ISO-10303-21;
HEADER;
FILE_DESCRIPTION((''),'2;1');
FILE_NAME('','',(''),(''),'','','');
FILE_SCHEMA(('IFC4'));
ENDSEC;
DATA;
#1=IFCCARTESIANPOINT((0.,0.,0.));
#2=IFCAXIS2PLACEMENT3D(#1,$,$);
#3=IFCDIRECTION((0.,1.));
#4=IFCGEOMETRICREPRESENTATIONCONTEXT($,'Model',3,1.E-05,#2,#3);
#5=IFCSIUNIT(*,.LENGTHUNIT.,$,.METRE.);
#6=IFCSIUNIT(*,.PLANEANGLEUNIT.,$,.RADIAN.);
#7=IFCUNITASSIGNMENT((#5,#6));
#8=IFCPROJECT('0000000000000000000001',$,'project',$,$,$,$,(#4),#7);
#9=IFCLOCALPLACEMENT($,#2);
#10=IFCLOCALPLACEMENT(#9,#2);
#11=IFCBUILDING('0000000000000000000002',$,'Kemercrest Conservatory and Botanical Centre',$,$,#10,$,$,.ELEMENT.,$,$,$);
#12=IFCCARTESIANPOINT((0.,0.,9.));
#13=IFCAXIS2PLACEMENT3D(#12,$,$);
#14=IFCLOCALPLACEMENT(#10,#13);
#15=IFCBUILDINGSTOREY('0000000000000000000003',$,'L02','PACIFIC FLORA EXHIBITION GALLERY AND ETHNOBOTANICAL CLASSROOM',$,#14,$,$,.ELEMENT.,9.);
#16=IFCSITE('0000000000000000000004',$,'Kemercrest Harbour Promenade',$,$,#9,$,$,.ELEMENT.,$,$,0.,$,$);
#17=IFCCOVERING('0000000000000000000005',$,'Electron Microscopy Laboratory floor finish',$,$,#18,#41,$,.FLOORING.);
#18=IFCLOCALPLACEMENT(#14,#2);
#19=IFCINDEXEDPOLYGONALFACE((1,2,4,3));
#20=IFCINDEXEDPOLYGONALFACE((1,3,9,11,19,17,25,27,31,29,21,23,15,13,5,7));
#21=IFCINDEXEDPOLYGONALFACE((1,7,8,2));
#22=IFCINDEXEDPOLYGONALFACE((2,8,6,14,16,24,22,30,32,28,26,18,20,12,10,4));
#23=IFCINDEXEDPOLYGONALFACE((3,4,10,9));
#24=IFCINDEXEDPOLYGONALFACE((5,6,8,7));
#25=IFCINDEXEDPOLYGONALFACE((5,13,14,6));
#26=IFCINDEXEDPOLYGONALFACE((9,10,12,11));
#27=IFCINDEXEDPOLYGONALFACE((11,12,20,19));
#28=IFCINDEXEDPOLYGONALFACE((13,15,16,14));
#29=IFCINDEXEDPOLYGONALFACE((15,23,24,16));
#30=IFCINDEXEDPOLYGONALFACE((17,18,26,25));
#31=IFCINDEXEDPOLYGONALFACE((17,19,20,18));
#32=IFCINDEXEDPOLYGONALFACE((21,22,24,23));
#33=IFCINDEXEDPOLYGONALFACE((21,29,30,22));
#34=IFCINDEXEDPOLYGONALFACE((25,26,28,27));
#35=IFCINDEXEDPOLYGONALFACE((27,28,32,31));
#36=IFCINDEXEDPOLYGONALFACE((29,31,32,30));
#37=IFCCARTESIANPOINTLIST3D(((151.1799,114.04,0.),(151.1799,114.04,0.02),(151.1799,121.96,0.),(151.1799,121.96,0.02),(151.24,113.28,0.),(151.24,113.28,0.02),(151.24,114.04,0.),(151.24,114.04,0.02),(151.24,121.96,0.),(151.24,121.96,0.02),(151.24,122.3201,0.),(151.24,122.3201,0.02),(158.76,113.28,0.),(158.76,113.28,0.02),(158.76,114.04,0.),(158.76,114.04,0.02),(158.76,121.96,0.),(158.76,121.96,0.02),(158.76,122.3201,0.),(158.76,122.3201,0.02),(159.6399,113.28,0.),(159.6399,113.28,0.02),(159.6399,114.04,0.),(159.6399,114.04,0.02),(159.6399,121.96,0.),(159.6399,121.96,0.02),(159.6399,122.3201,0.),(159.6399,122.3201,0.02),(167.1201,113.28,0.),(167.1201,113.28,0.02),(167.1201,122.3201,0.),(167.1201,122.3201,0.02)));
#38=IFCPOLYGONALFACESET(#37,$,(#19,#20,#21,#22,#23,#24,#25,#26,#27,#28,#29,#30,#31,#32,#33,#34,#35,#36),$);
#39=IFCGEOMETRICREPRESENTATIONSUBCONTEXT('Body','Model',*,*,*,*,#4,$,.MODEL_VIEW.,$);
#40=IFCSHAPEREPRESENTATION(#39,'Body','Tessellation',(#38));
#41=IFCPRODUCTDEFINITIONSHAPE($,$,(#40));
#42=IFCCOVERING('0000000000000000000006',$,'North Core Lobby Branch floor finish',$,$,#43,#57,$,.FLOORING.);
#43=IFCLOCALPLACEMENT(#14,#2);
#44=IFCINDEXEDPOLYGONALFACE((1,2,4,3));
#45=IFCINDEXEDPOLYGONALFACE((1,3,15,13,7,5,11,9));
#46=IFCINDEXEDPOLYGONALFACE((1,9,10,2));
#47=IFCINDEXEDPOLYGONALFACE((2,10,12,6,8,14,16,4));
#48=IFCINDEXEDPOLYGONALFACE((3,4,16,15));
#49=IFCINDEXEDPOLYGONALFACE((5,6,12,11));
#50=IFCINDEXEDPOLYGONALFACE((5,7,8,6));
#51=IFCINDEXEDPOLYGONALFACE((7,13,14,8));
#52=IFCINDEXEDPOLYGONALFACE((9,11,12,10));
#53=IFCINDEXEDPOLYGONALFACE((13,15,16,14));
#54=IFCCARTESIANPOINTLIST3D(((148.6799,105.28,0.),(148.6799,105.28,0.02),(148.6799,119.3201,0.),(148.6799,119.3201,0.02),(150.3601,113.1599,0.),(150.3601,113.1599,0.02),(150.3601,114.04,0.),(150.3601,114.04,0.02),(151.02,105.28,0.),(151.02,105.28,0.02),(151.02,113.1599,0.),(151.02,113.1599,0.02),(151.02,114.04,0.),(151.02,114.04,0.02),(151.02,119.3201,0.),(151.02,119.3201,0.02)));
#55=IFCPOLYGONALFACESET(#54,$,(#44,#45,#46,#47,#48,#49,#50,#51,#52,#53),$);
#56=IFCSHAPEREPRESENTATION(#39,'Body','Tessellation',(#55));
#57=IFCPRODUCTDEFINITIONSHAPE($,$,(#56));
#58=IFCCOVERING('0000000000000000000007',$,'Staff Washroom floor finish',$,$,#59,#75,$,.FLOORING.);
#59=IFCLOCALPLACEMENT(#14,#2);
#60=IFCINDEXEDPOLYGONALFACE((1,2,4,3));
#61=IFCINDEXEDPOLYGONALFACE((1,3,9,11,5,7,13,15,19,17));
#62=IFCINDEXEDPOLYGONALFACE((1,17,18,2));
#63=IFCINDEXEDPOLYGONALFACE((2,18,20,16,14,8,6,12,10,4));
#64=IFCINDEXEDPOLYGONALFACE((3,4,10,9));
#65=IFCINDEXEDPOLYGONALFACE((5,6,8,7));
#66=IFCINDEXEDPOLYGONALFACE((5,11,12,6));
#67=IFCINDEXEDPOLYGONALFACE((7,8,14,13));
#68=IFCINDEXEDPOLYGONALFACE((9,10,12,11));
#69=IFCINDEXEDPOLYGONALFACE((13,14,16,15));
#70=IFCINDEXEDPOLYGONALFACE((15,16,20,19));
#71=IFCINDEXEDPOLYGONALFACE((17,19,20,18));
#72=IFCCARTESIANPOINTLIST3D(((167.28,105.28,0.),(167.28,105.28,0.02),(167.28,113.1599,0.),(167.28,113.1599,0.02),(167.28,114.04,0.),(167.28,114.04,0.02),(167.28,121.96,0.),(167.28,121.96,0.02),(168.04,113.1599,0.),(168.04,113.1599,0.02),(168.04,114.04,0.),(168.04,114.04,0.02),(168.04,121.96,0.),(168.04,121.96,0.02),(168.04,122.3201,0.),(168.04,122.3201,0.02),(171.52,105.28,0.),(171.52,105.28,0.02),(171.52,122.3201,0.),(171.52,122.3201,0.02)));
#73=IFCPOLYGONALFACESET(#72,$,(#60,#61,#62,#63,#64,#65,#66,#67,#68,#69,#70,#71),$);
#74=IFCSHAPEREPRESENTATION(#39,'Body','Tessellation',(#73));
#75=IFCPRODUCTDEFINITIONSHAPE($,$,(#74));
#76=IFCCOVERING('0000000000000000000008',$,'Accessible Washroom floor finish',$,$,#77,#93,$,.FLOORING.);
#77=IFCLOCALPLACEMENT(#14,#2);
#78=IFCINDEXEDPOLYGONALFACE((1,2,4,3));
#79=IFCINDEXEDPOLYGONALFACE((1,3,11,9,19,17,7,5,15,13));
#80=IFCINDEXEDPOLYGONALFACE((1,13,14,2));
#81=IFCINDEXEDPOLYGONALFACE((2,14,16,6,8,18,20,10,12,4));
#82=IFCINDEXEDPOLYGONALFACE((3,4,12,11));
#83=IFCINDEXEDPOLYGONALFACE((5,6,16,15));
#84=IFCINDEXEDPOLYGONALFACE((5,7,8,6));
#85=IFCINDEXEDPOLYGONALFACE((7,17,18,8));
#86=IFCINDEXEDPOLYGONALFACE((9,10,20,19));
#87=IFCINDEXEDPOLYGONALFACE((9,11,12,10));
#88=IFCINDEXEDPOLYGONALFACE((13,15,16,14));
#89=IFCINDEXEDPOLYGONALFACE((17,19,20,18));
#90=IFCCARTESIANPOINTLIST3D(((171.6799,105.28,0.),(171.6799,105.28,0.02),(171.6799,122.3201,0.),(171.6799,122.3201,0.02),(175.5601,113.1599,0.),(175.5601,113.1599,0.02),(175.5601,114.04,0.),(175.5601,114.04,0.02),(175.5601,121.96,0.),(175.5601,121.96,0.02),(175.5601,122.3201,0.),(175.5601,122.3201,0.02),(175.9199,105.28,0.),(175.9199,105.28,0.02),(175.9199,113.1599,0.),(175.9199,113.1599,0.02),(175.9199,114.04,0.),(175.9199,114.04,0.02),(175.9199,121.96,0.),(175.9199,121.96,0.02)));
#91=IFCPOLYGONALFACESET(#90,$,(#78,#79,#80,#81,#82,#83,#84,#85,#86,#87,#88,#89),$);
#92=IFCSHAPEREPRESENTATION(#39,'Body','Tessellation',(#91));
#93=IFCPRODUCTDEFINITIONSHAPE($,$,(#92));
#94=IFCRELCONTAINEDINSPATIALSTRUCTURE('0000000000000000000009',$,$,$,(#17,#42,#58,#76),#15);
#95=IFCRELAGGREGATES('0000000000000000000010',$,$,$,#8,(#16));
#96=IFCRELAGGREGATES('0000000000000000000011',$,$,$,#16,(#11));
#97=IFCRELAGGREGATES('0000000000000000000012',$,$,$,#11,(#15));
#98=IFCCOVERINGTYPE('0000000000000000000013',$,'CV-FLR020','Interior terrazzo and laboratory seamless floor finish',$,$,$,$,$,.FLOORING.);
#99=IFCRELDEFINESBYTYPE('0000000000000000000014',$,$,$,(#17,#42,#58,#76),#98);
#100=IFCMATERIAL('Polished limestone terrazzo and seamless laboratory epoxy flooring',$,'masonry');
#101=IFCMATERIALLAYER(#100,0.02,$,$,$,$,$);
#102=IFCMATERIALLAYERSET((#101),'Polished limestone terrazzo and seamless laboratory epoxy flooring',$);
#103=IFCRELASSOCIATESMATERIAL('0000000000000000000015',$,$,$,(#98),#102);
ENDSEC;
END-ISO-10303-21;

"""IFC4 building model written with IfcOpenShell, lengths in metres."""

from ifc_helpers import new_model, si_unit, direction, frame, origin, place, context, subcontext, project, spatial, polyline, outline, extrude, material, layer, layer_set, type_object, element, save


model = new_model("IFC4")

# Units and contexts
model_context = context("Model", 3, precision=1e-05, world=origin(), true_north=direction((0.0, 1.0)))
body_context = subcontext(model_context, "Body", "Model", "MODEL_VIEW")
ifc_project = project(units=[si_unit("LENGTHUNIT", "METRE"), si_unit("PLANEANGLEUNIT", "RADIAN")], contexts=[model_context])

# Site, building, storey
site_placement = place(None, origin())
site = spatial("IfcSite", under=ifc_project, at=site_placement, Name="Kemercrest Harbour Promenade", CompositionType="ELEMENT", RefElevation=0.0)
building_placement = place(site_placement, origin())
building = spatial("IfcBuilding", under=site, at=building_placement, Name="Kemercrest Conservatory and Botanical Centre", CompositionType="ELEMENT")
storey_placement = place(building_placement, frame((0.0, 0.0, 9.0)))
storey = spatial("IfcBuildingStorey", under=building, at=storey_placement, Name="L02", Description="PACIFIC FLORA EXHIBITION GALLERY AND ETHNOBOTANICAL CLASSROOM", CompositionType="ELEMENT", Elevation=9.0)

# Coverings
ifc_material_1 = material(Name="Polished limestone terrazzo and seamless laboratory epoxy flooring", Category="masonry")
ifc_layer_1 = layer(ifc_material_1, 0.02)
ifc_layer_set_1 = layer_set([ifc_layer_1], Name="Polished limestone terrazzo and seamless laboratory epoxy flooring")
covering_type_1 = type_object("IfcCoveringType", Name="CV-FLR020", Description="Interior terrazzo and laboratory seamless floor finish", PredefinedType="FLOORING", material=ifc_layer_set_1)
covering_1_placement = place(storey_placement, origin())
element("IfcCovering", 1, at=covering_1_placement, inside=storey, type_object=covering_type_1, Name="Electron Microscopy Laboratory floor finish", PredefinedType="FLOORING", context=body_context, shape_type="SweptSolid", body=[
    extrude(outline(polyline([(159.6399, 113.28), (167.1201, 113.28), (167.1201, 122.3201), (159.6399, 122.3201), (159.6399, 121.96), (158.76, 121.96), (158.76, 122.3201), (151.24, 122.3201), (151.24, 121.96), (151.1799, 121.96), (151.1799, 114.04), (151.24, 114.04), (151.24, 113.28), (158.76, 113.28), (158.76, 114.04), (159.6399, 114.04), (159.6399, 113.28)])), origin(), (0.0, 0.0, 1.0), 0.02),
])
covering_2_placement = place(storey_placement, origin())
element("IfcCovering", 2, at=covering_2_placement, inside=storey, type_object=covering_type_1, Name="North Core Lobby Branch floor finish", PredefinedType="FLOORING", context=body_context, shape_type="SweptSolid", body=[
    extrude(outline(polyline([(148.6799, 105.28), (151.02, 105.28), (151.02, 113.1599), (150.3601, 113.1599), (150.3601, 114.04), (151.02, 114.04), (151.02, 119.3201), (148.6799, 119.3201), (148.6799, 105.28)])), origin(), (0.0, 0.0, 1.0), 0.02),
])
covering_3_placement = place(storey_placement, origin())
element("IfcCovering", 3, at=covering_3_placement, inside=storey, type_object=covering_type_1, Name="Staff Washroom floor finish", PredefinedType="FLOORING", context=body_context, shape_type="SweptSolid", body=[
    extrude(outline(polyline([(167.28, 105.28), (171.52, 105.28), (171.52, 122.3201), (168.04, 122.3201), (168.04, 121.96), (167.28, 121.96), (167.28, 114.04), (168.04, 114.04), (168.04, 113.1599), (167.28, 113.1599), (167.28, 105.28)])), origin(), (0.0, 0.0, 1.0), 0.02),
])
covering_4_placement = place(storey_placement, origin())
element("IfcCovering", 4, at=covering_4_placement, inside=storey, type_object=covering_type_1, Name="Accessible Washroom floor finish", PredefinedType="FLOORING", context=body_context, shape_type="SweptSolid", body=[
    extrude(outline(polyline([(171.6799, 105.28), (175.9199, 105.28), (175.9199, 113.1599), (175.5601, 113.1599), (175.5601, 114.04), (175.9199, 114.04), (175.9199, 121.96), (175.5601, 121.96), (175.5601, 122.3201), (171.6799, 122.3201), (171.6799, 105.28)])), origin(), (0.0, 0.0, 1.0), 0.02),
])

save(model, "model.ifc")
